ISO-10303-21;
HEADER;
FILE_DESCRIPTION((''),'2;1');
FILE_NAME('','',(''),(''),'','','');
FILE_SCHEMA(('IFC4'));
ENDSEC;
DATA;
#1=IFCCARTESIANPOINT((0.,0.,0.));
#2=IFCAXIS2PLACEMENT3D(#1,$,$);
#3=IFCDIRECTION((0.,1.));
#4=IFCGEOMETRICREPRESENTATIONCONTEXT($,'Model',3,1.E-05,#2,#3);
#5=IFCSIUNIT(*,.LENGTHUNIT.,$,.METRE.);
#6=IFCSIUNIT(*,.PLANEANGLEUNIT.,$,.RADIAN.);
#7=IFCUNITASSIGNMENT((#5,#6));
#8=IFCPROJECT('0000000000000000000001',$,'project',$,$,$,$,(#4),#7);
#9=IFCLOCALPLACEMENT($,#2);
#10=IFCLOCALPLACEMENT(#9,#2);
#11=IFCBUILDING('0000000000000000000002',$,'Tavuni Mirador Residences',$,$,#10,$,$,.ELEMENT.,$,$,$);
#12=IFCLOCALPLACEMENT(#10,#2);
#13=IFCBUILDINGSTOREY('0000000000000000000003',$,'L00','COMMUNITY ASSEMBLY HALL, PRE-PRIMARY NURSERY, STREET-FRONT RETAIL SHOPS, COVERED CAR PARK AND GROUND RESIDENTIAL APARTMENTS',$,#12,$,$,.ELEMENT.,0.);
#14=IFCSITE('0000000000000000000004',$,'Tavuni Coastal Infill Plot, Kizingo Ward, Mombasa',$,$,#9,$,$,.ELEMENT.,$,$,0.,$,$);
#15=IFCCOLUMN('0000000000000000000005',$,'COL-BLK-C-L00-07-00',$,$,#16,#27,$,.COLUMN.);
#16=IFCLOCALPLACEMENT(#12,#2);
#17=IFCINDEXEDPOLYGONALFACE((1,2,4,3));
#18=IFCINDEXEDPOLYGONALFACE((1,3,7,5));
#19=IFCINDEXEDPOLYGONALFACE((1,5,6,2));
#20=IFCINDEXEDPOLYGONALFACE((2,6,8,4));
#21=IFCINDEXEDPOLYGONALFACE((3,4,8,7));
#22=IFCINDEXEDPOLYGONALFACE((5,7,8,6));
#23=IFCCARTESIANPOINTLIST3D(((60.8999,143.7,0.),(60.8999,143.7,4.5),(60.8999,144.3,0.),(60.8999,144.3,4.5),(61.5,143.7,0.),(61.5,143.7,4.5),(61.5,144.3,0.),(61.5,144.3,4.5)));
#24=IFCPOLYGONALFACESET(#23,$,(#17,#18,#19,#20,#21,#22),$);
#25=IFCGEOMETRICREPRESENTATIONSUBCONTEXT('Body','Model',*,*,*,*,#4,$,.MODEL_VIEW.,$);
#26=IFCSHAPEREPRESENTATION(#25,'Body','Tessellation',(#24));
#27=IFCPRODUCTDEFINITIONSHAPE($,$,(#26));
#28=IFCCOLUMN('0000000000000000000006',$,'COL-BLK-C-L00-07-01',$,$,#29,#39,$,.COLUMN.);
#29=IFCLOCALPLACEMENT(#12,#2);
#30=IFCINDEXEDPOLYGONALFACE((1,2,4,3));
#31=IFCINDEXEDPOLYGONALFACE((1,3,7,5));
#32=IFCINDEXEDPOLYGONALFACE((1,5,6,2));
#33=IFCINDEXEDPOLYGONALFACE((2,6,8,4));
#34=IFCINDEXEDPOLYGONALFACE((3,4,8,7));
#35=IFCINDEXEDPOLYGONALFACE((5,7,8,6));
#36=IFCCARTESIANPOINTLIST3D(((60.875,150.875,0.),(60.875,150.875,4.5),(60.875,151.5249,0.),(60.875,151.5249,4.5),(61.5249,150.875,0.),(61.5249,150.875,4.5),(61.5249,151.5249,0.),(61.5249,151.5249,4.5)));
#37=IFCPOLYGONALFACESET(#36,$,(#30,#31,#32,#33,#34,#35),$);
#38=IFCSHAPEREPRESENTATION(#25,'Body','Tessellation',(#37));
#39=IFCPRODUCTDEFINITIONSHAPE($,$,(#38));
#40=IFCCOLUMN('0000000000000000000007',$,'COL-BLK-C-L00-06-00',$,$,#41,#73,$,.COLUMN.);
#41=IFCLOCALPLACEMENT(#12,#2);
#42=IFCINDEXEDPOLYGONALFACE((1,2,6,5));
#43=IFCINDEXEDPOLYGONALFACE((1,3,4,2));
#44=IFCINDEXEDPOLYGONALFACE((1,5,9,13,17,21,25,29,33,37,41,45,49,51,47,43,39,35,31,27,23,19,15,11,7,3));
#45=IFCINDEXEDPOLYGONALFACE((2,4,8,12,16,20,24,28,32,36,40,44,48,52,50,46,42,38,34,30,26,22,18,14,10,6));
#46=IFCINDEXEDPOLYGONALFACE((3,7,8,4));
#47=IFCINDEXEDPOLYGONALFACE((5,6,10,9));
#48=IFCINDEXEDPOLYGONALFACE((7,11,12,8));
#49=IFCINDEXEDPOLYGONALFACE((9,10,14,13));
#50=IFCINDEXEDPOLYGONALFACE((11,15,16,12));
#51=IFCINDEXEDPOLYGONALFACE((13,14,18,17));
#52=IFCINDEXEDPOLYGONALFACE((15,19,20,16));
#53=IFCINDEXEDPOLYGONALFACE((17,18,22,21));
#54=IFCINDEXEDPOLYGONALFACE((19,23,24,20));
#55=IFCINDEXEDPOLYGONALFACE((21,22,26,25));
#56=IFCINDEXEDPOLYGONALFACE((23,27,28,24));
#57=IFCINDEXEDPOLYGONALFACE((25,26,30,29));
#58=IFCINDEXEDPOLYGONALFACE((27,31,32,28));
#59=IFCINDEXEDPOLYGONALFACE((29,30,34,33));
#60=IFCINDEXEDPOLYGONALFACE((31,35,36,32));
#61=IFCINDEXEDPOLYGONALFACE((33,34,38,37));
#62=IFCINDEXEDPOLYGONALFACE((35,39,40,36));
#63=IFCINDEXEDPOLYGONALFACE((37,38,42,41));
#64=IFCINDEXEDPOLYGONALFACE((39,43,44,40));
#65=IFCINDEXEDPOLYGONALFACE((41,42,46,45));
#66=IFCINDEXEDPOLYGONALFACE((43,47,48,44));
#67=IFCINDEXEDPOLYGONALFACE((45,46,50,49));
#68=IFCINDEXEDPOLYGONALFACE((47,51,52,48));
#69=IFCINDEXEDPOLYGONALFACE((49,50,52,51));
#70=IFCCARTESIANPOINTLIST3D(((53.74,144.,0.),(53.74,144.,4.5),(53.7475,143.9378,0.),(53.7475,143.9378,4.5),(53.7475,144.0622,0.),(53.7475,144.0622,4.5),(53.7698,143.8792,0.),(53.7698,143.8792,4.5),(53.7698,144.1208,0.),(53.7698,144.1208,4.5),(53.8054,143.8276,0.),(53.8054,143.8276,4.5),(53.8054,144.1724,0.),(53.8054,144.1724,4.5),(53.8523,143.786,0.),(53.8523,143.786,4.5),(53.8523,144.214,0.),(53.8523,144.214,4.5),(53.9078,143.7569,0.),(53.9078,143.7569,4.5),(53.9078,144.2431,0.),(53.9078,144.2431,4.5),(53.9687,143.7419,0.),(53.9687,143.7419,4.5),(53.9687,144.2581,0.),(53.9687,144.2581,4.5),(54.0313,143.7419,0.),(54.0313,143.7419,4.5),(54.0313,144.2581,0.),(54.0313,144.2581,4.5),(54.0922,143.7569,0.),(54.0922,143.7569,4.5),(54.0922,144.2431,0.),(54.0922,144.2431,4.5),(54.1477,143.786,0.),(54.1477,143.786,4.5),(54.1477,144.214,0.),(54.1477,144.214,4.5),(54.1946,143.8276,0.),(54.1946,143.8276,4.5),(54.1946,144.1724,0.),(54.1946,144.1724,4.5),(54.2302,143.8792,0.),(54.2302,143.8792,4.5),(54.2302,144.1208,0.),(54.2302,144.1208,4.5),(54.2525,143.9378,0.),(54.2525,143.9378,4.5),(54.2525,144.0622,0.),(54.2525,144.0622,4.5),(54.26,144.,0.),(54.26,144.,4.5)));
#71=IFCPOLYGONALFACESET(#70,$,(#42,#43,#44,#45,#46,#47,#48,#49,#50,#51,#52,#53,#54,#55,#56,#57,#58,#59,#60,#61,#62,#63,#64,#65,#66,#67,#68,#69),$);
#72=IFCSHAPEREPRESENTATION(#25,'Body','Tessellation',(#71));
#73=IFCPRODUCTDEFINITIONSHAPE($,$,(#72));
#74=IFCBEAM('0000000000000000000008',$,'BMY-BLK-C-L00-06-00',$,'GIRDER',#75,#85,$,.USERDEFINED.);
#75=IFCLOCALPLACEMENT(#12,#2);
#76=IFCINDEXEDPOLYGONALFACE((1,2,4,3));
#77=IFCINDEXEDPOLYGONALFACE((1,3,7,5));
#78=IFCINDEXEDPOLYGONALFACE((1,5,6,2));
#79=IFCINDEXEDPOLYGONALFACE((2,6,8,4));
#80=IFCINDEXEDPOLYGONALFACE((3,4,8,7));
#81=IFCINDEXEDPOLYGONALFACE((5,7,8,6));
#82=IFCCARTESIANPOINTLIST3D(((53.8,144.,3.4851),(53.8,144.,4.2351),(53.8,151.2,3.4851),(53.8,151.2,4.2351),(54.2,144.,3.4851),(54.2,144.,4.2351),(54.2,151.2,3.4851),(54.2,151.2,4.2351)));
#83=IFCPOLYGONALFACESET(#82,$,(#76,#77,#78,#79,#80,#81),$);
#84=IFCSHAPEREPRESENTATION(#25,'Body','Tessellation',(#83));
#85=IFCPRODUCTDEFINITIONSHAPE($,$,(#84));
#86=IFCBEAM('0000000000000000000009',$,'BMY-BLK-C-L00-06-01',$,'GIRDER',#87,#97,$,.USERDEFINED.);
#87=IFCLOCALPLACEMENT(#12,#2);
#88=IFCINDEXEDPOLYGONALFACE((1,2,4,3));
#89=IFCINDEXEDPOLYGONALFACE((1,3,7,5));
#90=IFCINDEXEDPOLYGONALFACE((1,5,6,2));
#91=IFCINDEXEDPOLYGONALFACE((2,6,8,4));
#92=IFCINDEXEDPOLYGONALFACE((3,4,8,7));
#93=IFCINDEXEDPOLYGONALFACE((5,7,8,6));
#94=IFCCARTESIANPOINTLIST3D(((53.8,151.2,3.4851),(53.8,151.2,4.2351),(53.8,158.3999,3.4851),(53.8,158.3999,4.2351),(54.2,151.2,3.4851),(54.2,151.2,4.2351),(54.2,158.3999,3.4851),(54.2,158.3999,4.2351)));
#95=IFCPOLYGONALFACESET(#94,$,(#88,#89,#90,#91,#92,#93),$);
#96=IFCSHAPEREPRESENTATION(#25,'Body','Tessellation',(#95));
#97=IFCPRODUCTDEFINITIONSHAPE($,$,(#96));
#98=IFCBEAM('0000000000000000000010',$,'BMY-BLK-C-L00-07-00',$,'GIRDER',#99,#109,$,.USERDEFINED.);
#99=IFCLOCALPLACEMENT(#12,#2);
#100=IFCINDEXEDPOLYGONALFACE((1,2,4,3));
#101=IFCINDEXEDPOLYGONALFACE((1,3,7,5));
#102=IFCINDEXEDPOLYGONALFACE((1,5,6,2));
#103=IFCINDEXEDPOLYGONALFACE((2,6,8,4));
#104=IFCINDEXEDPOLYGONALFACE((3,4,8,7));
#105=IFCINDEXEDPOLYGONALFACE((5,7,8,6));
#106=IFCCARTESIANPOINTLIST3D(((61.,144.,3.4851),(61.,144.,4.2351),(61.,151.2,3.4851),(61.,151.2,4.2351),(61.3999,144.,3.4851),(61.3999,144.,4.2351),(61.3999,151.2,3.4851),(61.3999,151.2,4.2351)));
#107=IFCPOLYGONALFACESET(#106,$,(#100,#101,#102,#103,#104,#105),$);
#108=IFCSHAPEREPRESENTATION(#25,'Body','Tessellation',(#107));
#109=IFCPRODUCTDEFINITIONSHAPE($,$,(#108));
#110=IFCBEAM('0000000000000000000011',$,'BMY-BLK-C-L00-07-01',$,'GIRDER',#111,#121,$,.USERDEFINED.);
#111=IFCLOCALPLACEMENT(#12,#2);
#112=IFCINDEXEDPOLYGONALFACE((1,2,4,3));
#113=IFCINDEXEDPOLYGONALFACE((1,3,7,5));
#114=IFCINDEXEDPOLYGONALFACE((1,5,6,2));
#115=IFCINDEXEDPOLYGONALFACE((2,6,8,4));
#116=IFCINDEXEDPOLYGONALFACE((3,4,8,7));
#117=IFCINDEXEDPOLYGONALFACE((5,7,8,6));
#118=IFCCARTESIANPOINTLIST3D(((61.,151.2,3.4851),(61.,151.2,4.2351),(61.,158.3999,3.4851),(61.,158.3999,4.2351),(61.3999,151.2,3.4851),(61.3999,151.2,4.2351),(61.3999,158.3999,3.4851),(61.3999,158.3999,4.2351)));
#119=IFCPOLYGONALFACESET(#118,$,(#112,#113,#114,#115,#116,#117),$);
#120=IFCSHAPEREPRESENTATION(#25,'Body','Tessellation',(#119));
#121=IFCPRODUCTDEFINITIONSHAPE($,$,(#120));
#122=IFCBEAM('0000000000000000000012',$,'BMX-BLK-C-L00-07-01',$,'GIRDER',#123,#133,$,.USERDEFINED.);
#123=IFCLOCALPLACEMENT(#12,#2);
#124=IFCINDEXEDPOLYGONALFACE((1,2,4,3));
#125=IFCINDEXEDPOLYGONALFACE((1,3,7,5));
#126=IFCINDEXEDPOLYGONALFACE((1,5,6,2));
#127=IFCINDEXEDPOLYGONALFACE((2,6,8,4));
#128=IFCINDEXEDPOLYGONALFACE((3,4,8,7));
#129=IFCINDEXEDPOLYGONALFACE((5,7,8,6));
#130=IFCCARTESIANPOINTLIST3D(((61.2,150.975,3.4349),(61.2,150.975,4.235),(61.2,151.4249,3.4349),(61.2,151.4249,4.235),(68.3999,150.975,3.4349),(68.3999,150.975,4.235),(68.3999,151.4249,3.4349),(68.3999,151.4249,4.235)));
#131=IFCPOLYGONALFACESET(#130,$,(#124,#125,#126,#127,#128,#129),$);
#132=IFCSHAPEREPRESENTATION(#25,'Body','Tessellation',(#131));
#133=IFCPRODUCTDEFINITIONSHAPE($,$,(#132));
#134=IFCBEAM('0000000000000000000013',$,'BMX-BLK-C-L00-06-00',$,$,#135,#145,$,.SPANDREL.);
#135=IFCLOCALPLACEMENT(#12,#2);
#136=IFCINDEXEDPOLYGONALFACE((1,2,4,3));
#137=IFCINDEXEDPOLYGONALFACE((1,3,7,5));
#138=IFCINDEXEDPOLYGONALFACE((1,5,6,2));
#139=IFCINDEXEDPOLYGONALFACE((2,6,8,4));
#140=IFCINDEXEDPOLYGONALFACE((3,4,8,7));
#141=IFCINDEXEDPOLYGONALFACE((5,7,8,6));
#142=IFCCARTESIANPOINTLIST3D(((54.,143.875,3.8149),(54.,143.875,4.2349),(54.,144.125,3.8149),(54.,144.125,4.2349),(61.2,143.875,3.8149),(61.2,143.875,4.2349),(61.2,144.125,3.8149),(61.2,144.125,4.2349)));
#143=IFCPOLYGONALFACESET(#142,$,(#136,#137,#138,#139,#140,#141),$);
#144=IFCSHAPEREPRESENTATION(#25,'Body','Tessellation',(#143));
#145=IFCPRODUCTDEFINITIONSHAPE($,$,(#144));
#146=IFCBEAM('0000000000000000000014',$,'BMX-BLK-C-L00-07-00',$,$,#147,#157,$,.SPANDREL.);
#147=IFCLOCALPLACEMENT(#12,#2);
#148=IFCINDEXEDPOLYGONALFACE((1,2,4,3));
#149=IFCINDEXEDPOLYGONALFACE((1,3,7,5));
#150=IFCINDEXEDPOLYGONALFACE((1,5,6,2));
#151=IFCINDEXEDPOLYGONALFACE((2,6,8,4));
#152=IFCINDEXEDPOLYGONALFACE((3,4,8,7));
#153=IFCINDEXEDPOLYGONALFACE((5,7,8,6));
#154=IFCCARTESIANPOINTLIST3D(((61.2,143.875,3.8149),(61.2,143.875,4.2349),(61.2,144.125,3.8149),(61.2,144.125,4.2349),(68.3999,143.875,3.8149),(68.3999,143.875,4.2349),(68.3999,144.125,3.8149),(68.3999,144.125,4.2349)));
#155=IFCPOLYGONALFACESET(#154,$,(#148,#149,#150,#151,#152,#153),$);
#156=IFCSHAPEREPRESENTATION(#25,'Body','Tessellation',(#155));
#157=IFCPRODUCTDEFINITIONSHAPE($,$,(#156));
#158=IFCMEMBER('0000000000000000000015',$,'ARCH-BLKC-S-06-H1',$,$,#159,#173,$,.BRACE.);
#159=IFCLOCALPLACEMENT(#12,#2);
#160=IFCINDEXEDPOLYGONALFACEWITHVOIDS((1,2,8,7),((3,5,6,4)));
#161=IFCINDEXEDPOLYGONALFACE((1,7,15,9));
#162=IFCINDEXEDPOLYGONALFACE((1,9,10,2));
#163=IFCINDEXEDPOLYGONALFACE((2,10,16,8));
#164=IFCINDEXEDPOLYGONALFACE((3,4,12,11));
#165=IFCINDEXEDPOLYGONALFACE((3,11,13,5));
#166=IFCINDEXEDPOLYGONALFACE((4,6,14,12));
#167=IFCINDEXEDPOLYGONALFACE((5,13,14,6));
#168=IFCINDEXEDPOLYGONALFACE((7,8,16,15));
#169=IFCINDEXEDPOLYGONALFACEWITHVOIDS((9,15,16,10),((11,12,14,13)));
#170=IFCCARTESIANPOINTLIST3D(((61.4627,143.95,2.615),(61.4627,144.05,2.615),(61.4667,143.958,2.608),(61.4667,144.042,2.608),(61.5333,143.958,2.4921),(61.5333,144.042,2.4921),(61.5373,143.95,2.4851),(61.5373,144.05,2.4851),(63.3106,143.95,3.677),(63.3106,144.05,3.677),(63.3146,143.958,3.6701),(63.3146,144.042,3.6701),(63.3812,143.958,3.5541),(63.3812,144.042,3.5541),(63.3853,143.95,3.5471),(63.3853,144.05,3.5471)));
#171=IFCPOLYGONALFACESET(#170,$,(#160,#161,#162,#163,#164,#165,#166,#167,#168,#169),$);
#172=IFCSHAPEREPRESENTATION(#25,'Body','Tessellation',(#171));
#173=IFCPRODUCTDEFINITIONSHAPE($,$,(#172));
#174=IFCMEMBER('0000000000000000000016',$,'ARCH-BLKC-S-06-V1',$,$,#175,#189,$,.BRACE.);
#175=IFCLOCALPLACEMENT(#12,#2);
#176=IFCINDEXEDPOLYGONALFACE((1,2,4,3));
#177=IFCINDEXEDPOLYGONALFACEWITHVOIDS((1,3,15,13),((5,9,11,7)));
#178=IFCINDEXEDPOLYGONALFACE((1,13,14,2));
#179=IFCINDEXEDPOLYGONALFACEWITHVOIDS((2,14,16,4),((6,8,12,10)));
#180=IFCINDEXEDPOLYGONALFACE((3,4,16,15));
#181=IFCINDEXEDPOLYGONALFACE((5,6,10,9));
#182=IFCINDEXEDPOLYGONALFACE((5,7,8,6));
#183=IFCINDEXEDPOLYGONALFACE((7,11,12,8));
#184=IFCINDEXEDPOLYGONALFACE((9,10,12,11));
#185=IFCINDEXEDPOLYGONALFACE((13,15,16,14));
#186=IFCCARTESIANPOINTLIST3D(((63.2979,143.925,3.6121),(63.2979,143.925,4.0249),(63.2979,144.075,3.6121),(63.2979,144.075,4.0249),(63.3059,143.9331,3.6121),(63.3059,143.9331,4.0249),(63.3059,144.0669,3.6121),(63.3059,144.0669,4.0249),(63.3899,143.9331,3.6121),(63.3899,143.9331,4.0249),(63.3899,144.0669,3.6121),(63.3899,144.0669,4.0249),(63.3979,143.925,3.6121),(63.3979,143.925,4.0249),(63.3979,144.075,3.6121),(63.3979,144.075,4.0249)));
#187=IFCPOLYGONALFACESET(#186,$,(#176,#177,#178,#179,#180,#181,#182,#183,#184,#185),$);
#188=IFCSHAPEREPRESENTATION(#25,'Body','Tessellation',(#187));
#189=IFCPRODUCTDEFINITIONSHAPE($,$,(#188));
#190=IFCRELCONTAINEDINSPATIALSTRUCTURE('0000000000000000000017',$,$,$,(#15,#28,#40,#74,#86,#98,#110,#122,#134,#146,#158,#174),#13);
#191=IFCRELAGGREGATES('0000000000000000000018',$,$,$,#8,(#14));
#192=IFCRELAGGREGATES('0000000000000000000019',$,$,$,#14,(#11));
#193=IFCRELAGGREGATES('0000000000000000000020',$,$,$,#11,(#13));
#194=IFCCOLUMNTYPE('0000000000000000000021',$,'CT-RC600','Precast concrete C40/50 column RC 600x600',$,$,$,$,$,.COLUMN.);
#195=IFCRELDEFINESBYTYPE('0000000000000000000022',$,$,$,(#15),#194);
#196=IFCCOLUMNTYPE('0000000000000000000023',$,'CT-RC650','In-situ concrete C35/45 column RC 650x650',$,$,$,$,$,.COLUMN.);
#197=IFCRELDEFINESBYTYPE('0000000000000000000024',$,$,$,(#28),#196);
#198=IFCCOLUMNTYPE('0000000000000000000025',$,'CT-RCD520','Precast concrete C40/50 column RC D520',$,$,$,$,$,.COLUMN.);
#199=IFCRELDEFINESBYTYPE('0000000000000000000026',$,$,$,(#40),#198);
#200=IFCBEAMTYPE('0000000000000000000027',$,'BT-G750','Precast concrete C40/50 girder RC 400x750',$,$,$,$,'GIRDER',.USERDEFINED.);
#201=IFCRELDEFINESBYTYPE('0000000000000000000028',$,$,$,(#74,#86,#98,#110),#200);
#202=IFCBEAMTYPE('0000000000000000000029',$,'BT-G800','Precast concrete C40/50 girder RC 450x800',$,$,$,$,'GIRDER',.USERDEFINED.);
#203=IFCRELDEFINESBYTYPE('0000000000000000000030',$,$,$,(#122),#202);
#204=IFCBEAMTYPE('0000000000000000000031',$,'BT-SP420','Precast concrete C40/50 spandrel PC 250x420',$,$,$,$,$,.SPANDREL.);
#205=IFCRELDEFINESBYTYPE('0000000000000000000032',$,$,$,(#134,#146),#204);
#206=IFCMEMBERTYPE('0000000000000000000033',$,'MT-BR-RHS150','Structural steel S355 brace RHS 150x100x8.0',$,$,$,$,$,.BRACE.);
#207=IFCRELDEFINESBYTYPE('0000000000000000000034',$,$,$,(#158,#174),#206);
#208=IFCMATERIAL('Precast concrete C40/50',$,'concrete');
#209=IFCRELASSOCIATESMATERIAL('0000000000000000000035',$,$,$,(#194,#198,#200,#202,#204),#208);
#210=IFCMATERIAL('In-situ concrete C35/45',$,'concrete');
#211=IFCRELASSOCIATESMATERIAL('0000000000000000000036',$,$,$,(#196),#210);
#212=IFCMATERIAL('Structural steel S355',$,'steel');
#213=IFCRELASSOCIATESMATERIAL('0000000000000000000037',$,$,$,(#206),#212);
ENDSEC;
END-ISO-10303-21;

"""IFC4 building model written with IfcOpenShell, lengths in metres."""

from ifc_helpers import new_model, si_unit, direction, frame, origin, origin_2d, place, context, subcontext, project, spatial, rectangle, hollow_rectangle, circle, extrude, material, material_profile, profile_set, type_object, element, save


model = new_model("IFC4")

# Units and contexts
model_context = context("Model", 3, precision=1e-05, world=origin(), true_north=direction((0.0, 1.0)))
body_context = subcontext(model_context, "Body", "Model", "MODEL_VIEW")
ifc_project = project(units=[si_unit("LENGTHUNIT", "METRE"), si_unit("PLANEANGLEUNIT", "RADIAN")], contexts=[model_context])

# Site, building, storey
site_placement = place(None, origin())
site = spatial("IfcSite", under=ifc_project, at=site_placement, Name="Tavuni Coastal Infill Plot, Kizingo Ward, Mombasa", CompositionType="ELEMENT", RefElevation=0.0)
building_placement = place(site_placement, origin())
building = spatial("IfcBuilding", under=site, at=building_placement, Name="Tavuni Mirador Residences", CompositionType="ELEMENT")
storey_placement = place(building_placement, origin())
storey = spatial("IfcBuildingStorey", under=building, at=storey_placement, Name="L00", Description="COMMUNITY ASSEMBLY HALL, PRE-PRIMARY NURSERY, STREET-FRONT RETAIL SHOPS, COVERED CAR PARK AND GROUND RESIDENTIAL APARTMENTS", CompositionType="ELEMENT", Elevation=0.0)

# Columns
ifc_material_1 = material(Name="Precast concrete C40/50", Category="concrete")
ifc_material_profile_1 = material_profile(ifc_material_1, rectangle(XDim=0.6001, YDim=0.6001, at=origin_2d()), Name="RC 600x600", Category="concrete")
ifc_profile_set_1 = profile_set([ifc_material_profile_1], Name="Precast concrete C40/50")
column_type_1 = type_object("IfcColumnType", Name="CT-RC600", Description="Precast concrete C40/50 column RC 600x600", PredefinedType="COLUMN", material=ifc_profile_set_1)
column_1_placement = place(storey_placement, frame((61.2, 144.0, 0.0), z_axis=(0.0, 0.0, 1.0), x_axis=(1.0, 0.0, 0.0)))
element("IfcColumn", 1, at=column_1_placement, inside=storey, type_object=column_type_1, Name="COL-BLK-C-L00-07-00", PredefinedType="COLUMN", context=body_context, shape_type="SweptSolid", body=[
    extrude(rectangle(XDim=0.6001, YDim=0.6001, at=origin_2d()), origin(), (0.0, 0.0, 1.0), 4.5),
])
ifc_material_2 = material(Name="In-situ concrete C35/45", Category="concrete")
ifc_material_profile_2 = material_profile(ifc_material_2, rectangle(XDim=0.6499, YDim=0.6499, at=origin_2d()), Name="RC 650x650", Category="concrete")
ifc_profile_set_2 = profile_set([ifc_material_profile_2], Name="In-situ concrete C35/45")
column_type_2 = type_object("IfcColumnType", Name="CT-RC650", Description="In-situ concrete C35/45 column RC 650x650", PredefinedType="COLUMN", material=ifc_profile_set_2)
column_2_placement = place(storey_placement, frame((61.2, 151.2, 0.0), z_axis=(0.0, 0.0, 1.0), x_axis=(1.0, 0.0, 0.0)))
element("IfcColumn", 2, at=column_2_placement, inside=storey, type_object=column_type_2, Name="COL-BLK-C-L00-07-01", PredefinedType="COLUMN", context=body_context, shape_type="SweptSolid", body=[
    extrude(rectangle(XDim=0.6499, YDim=0.6499, at=origin_2d()), origin(), (0.0, 0.0, 1.0), 4.5),
])
ifc_material_profile_3 = material_profile(ifc_material_1, circle(Radius=0.26, at=origin_2d()), Name="RC D520", Category="concrete")
ifc_profile_set_3 = profile_set([ifc_material_profile_3], Name="Precast concrete C40/50")
column_type_3 = type_object("IfcColumnType", Name="CT-RCD520", Description="Precast concrete C40/50 column RC D520", PredefinedType="COLUMN", material=ifc_profile_set_3)
column_3_placement = place(storey_placement, frame((54.0, 144.0, 0.0), z_axis=(0.0, 0.0, 1.0), x_axis=(1.0, 0.0, 0.0)))
element("IfcColumn", 3, at=column_3_placement, inside=storey, type_object=column_type_3, Name="COL-BLK-C-L00-06-00", PredefinedType="COLUMN", context=body_context, shape_type="SweptSolid", body=[
    extrude(circle(Radius=0.26, at=origin_2d()), origin(), (0.0, 0.0, 1.0), 4.5),
])

# Beams
ifc_material_profile_4 = material_profile(ifc_material_1, rectangle(XDim=0.3999, YDim=0.75, at=origin_2d()), Name="RC 400x750", Category="concrete")
ifc_profile_set_4 = profile_set([ifc_material_profile_4], Name="Precast concrete C40/50")
beam_type_1 = type_object("IfcBeamType", Name="BT-G750", Description="Precast concrete C40/50 girder RC 400x750", ElementType="GIRDER", PredefinedType="USERDEFINED", material=ifc_profile_set_4)
for number, where, z_axis, x_axis, name in (
    (4, (54.0, 144.0, 3.8601), (0.0, 1.0, 0.0), (-1.0, 0.0, 0.0), "BMY-BLK-C-L00-06-00"),
    (5, (54.0, 151.2, 3.8601), (0.0, 1.0, 0.0), (-1.0, 0.0, 0.0), "BMY-BLK-C-L00-06-01"),
    (6, (61.2, 144.0, 3.8601), (0.0, 1.0, 0.0), (-1.0, 0.0, 0.0), "BMY-BLK-C-L00-07-00"),
    (7, (61.2, 151.2, 3.8601), (0.0, 1.0, 0.0), (-1.0, 0.0, 0.0), "BMY-BLK-C-L00-07-01"),
):
    element("IfcBeam", number, at=place(storey_placement, frame(where, z_axis=z_axis, x_axis=x_axis)), inside=storey, type_object=beam_type_1, Name=name, ObjectType="GIRDER", PredefinedType="USERDEFINED", context=body_context, shape_type="SweptSolid", body=[
        extrude(rectangle(XDim=0.3999, YDim=0.75, at=origin_2d()), origin(), (0.0, 0.0, 1.0), 7.2),
    ])
ifc_material_profile_5 = material_profile(ifc_material_1, rectangle(XDim=0.45, YDim=0.8, at=origin_2d()), Name="RC 450x800", Category="concrete")
ifc_profile_set_5 = profile_set([ifc_material_profile_5], Name="Precast concrete C40/50")
beam_type_2 = type_object("IfcBeamType", Name="BT-G800", Description="Precast concrete C40/50 girder RC 450x800", ElementType="GIRDER", PredefinedType="USERDEFINED", material=ifc_profile_set_5)
beam_placement = place(storey_placement, frame((61.2, 151.2, 3.835), z_axis=(1.0, 0.0, 0.0), x_axis=(0.0, 1.0, 0.0)))
element("IfcBeam", 8, at=beam_placement, inside=storey, type_object=beam_type_2, Name="BMX-BLK-C-L00-07-01", ObjectType="GIRDER", PredefinedType="USERDEFINED", context=body_context, shape_type="SweptSolid", body=[
    extrude(rectangle(XDim=0.45, YDim=0.8, at=origin_2d()), origin(), (0.0, 0.0, 1.0), 7.2),
])
ifc_material_profile_6 = material_profile(ifc_material_1, rectangle(XDim=0.25, YDim=0.4199, at=origin_2d()), Name="PC 250x420", Category="concrete")
ifc_profile_set_6 = profile_set([ifc_material_profile_6], Name="Precast concrete C40/50")
beam_type_3 = type_object("IfcBeamType", Name="BT-SP420", Description="Precast concrete C40/50 spandrel PC 250x420", PredefinedType="SPANDREL", material=ifc_profile_set_6)
for number, where, z_axis, x_axis, name in (
    (9, (54.0, 144.0, 4.0249), (1.0, 0.0, 0.0), (0.0, 1.0, 0.0), "BMX-BLK-C-L00-06-00"),
    (10, (61.2, 144.0, 4.0249), (1.0, 0.0, 0.0), (0.0, 1.0, 0.0), "BMX-BLK-C-L00-07-00"),
):
    element("IfcBeam", number, at=place(storey_placement, frame(where, z_axis=z_axis, x_axis=x_axis)), inside=storey, type_object=beam_type_3, Name=name, PredefinedType="SPANDREL", context=body_context, shape_type="SweptSolid", body=[
        extrude(rectangle(XDim=0.25, YDim=0.4199, at=origin_2d()), origin(), (0.0, 0.0, 1.0), 7.2),
    ])

# Members
ifc_material_3 = material(Name="Structural steel S355", Category="steel")
ifc_material_profile_7 = material_profile(ifc_material_3, hollow_rectangle(XDim=0.1001, YDim=0.1499, WallThickness=0.0081, at=origin_2d()), Name="RHS 150x100x8.0", Category="steel")
ifc_profile_set_7 = profile_set([ifc_material_profile_7], Name="Structural steel S355")
member_type = type_object("IfcMemberType", Name="MT-BR-RHS150", Description="Structural steel S355 brace RHS 150x100x8.0", PredefinedType="BRACE", material=ifc_profile_set_7)
member_1_placement = place(storey_placement, frame((61.5, 144.0, 2.55), z_axis=(0.867014, 0.0, 0.498284), x_axis=(0.0, 1.0, 0.0)))
element("IfcMember", 11, at=member_1_placement, inside=storey, type_object=member_type, Name="ARCH-BLKC-S-06-H1", PredefinedType="BRACE", context=body_context, shape_type="SweptSolid", body=[
    extrude(hollow_rectangle(XDim=0.1001, YDim=0.1499, WallThickness=0.0081, at=origin_2d()), origin(), (0.0, 0.0, 1.0), 2.1313),
])
member_2_placement = place(storey_placement, frame((63.3479, 144.0, 3.6121), z_axis=(0.0, 0.0, 1.0), x_axis=(1.0, 0.0, 0.0)))
element("IfcMember", 12, at=member_2_placement, inside=storey, type_object=member_type, Name="ARCH-BLKC-S-06-V1", PredefinedType="BRACE", context=body_context, shape_type="SweptSolid", body=[
    extrude(hollow_rectangle(XDim=0.1001, YDim=0.1499, WallThickness=0.0081, at=origin_2d()), origin(), (0.0, 0.0, 1.0), 0.4128),
])

save(model, "model.ifc")
